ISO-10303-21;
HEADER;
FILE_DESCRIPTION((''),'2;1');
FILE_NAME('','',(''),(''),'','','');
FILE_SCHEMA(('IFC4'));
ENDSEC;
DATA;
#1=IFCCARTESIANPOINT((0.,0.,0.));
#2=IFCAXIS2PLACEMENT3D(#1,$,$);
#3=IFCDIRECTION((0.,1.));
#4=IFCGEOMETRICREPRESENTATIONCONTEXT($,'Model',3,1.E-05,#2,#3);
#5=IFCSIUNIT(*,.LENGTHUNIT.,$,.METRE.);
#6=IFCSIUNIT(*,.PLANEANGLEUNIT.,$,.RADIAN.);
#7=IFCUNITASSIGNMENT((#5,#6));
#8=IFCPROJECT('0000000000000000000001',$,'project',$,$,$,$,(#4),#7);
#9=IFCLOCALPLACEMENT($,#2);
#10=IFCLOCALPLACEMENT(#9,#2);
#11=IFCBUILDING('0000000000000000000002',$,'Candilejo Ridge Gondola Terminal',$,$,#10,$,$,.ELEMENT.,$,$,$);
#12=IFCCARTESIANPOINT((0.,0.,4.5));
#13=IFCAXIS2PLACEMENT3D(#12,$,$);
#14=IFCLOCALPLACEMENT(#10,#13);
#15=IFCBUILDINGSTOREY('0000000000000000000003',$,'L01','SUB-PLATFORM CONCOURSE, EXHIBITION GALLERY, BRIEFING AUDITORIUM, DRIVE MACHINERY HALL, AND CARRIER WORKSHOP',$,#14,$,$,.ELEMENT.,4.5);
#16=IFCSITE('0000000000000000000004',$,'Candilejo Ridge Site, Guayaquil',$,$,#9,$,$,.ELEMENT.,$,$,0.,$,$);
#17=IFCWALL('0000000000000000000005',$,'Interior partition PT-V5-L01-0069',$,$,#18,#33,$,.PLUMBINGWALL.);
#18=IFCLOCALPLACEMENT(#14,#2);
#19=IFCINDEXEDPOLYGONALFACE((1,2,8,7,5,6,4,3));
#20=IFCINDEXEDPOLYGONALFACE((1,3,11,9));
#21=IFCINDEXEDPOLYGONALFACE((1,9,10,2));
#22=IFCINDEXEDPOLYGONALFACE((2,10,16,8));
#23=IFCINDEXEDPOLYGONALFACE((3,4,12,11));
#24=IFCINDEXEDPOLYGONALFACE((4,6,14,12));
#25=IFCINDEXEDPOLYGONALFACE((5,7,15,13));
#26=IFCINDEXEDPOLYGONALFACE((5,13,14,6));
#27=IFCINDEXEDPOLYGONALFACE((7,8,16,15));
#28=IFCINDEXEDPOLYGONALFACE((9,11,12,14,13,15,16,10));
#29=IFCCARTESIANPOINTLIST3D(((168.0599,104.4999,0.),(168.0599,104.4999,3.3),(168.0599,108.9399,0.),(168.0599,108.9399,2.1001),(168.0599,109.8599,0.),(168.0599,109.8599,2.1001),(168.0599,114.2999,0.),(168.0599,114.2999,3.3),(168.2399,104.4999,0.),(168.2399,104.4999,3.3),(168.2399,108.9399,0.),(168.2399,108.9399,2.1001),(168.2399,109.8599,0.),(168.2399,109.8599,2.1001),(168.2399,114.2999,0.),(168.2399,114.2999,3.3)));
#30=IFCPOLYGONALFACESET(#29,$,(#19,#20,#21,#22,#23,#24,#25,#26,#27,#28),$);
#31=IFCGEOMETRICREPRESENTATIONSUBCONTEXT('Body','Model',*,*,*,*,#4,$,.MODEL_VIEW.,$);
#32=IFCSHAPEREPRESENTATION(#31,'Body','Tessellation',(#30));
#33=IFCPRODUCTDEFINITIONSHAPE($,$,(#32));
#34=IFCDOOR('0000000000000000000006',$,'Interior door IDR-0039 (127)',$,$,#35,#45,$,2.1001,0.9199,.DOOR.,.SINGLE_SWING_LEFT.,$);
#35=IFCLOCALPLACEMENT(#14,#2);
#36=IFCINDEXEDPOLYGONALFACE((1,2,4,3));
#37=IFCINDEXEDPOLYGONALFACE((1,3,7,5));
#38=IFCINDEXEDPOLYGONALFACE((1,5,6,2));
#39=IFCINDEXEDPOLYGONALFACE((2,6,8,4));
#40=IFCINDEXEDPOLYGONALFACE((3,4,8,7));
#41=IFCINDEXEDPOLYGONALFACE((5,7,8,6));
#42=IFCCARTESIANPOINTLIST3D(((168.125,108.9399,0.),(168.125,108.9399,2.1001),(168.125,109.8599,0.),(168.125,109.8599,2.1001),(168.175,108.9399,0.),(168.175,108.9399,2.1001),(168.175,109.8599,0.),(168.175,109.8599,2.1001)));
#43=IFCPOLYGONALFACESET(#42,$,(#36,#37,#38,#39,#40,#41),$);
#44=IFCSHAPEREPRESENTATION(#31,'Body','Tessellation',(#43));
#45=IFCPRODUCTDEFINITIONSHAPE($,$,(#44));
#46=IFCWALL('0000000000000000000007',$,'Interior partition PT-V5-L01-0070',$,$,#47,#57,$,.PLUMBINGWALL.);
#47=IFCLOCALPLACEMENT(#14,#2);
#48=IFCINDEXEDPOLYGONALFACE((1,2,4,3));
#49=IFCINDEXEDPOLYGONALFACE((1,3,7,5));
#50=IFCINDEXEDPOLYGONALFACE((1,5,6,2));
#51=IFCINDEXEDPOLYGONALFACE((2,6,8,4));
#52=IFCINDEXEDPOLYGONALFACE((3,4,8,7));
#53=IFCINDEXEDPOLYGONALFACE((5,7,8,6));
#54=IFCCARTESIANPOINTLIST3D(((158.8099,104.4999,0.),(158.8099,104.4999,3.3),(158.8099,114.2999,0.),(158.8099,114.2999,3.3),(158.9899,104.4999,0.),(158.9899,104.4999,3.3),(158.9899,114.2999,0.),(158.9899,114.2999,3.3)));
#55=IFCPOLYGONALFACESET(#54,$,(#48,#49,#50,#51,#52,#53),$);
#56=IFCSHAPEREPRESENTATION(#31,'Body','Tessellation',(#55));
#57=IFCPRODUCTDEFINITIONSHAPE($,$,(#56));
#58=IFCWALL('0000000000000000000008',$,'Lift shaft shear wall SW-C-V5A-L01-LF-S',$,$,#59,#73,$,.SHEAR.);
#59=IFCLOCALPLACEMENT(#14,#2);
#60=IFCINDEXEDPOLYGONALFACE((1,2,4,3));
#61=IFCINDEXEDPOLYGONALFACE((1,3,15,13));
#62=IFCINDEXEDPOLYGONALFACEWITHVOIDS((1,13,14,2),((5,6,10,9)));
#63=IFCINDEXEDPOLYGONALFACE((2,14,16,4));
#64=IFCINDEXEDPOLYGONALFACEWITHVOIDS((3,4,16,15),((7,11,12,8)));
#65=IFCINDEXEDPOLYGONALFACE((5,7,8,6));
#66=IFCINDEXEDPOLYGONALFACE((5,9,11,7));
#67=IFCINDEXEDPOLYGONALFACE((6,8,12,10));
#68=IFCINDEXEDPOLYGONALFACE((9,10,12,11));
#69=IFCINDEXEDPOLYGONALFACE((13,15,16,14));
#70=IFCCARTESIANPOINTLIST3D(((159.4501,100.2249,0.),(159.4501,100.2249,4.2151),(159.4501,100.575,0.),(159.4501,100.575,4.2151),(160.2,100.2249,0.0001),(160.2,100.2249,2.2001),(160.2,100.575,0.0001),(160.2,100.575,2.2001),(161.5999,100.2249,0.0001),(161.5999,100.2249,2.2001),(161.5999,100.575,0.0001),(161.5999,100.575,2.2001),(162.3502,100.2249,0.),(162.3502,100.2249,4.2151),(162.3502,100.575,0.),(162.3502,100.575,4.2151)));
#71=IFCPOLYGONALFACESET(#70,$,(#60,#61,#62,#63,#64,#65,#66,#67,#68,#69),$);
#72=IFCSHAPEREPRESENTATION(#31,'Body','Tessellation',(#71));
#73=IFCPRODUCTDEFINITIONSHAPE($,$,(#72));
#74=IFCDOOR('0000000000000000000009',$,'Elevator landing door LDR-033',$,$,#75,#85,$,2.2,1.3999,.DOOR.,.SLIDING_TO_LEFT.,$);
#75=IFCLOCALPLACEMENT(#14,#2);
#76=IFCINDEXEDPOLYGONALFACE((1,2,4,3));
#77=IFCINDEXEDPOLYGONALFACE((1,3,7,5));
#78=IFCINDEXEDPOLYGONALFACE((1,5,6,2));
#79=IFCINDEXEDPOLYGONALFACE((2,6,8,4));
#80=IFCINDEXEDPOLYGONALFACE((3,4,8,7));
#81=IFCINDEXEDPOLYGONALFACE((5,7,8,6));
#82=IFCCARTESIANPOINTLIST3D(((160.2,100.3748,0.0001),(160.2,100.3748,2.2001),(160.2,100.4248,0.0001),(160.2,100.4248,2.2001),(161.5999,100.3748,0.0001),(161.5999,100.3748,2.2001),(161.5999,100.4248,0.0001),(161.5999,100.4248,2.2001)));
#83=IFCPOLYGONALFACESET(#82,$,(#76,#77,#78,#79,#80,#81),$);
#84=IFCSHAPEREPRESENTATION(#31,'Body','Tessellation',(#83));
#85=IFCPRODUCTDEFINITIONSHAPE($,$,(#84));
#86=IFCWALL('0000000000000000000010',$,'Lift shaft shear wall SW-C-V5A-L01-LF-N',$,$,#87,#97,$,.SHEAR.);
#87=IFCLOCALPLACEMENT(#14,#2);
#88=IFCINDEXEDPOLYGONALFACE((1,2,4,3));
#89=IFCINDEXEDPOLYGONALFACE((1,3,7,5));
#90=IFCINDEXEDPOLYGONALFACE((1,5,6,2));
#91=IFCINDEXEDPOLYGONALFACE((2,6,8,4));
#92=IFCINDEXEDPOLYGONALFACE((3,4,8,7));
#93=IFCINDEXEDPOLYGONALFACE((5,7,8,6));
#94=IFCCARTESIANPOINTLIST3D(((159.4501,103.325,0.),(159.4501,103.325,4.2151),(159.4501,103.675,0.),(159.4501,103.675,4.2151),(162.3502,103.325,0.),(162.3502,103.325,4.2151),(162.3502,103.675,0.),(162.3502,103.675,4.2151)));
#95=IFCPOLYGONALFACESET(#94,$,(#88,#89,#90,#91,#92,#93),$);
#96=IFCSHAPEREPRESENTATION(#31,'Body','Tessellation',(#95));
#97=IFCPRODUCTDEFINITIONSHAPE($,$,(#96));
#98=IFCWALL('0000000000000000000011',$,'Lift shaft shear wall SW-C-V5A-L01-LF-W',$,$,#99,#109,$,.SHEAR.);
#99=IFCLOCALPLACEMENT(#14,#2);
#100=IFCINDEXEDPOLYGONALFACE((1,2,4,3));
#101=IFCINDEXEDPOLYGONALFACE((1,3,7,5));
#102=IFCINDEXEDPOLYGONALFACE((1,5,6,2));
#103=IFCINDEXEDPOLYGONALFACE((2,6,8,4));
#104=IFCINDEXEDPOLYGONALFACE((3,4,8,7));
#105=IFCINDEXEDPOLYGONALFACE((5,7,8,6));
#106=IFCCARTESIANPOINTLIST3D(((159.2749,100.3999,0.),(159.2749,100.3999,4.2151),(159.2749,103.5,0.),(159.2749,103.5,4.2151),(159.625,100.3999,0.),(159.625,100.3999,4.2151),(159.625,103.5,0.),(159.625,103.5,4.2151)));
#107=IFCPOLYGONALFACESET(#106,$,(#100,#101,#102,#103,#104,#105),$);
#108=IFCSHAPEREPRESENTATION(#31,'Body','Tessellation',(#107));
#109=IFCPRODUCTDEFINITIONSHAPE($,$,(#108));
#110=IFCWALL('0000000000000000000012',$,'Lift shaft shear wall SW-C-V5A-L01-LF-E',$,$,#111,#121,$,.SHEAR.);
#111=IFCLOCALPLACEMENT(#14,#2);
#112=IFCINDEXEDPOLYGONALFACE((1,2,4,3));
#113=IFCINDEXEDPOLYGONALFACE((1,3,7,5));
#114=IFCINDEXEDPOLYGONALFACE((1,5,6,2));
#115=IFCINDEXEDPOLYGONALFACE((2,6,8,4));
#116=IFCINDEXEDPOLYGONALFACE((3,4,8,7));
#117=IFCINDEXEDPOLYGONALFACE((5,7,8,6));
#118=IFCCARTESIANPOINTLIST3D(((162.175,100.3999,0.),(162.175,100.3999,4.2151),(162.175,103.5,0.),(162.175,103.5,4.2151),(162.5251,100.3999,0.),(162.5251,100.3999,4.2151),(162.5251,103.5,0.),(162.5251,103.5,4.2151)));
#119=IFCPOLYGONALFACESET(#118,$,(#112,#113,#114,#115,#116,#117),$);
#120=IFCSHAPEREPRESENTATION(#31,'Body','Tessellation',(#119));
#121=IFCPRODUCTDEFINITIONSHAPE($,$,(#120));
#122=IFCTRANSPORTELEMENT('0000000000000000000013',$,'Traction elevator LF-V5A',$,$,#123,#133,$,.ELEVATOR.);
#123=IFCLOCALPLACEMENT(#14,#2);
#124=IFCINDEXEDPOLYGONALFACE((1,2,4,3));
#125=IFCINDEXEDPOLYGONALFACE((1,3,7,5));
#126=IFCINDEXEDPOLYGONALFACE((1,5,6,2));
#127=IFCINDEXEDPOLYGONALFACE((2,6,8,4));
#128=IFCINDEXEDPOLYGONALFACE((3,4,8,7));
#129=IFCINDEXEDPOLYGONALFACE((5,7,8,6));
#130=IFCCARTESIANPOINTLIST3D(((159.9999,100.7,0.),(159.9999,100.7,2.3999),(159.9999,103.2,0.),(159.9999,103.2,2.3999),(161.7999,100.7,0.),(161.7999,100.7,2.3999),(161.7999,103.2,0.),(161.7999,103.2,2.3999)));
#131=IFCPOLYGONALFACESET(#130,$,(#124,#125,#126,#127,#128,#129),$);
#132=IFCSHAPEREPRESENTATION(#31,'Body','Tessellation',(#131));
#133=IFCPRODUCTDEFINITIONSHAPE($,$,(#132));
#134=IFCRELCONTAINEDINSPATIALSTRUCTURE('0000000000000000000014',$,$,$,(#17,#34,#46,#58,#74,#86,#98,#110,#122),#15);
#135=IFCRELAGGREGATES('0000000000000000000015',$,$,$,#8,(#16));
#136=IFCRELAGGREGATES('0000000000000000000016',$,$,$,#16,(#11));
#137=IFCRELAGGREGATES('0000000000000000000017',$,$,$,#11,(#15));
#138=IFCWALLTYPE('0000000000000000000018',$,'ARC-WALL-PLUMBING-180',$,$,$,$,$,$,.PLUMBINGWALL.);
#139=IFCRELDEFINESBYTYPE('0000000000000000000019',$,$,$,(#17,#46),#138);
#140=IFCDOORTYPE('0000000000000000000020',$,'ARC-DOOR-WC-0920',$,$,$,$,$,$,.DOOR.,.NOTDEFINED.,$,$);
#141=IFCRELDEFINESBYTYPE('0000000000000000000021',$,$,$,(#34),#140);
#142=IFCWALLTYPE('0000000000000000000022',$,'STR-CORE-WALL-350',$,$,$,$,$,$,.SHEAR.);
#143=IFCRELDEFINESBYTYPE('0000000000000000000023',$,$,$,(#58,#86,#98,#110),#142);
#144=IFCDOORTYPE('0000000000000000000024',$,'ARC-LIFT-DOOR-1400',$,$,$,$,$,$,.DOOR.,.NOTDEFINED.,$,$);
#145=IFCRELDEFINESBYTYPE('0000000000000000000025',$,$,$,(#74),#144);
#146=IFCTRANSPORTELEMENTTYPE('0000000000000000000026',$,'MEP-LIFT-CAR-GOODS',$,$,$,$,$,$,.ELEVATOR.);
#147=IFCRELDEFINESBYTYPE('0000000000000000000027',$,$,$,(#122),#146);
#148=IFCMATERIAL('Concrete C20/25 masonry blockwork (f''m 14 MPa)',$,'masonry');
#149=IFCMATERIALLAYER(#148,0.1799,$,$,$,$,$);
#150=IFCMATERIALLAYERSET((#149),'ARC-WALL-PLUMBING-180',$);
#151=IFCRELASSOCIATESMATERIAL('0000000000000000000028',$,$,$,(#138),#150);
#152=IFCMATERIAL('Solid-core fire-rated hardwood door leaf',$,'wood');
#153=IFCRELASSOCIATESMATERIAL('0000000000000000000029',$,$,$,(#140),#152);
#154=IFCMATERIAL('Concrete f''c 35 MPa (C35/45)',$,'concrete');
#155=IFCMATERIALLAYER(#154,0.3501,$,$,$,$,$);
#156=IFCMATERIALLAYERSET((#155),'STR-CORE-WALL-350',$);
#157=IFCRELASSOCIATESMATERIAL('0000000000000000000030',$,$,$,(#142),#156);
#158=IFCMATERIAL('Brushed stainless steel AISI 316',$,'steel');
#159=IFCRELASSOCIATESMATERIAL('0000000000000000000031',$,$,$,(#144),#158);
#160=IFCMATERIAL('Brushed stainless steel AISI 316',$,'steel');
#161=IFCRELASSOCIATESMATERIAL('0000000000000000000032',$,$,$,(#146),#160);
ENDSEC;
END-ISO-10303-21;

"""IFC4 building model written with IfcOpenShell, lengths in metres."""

from ifc_helpers import new_model, si_unit, direction, frame, frame_2d, origin, origin_2d, place, context, subcontext, project, spatial, rectangle, extrude, material, layer, layer_set, type_object, element, fill, save


model = new_model("IFC4")

# Units and contexts
model_context = context("Model", 3, precision=1e-05, world=origin(), true_north=direction((0.0, 1.0)))
body_context = subcontext(model_context, "Body", "Model", "MODEL_VIEW")
ifc_project = project(units=[si_unit("LENGTHUNIT", "METRE"), si_unit("PLANEANGLEUNIT", "RADIAN")], contexts=[model_context])

# Site, building, storey
site_placement = place(None, origin())
site = spatial("IfcSite", under=ifc_project, at=site_placement, Name="Candilejo Ridge Site, Guayaquil", CompositionType="ELEMENT", RefElevation=0.0)
building_placement = place(site_placement, origin())
building = spatial("IfcBuilding", under=site, at=building_placement, Name="Candilejo Ridge Gondola Terminal", CompositionType="ELEMENT")
storey_placement = place(building_placement, frame((0.0, 0.0, 4.5)))
storey = spatial("IfcBuildingStorey", under=building, at=storey_placement, Name="L01", Description="SUB-PLATFORM CONCOURSE, EXHIBITION GALLERY, BRIEFING AUDITORIUM, DRIVE MACHINERY HALL, AND CARRIER WORKSHOP", CompositionType="ELEMENT", Elevation=4.5)

# Wall, opening, door
ifc_material_1 = material(Name="Concrete C20/25 masonry blockwork (f'm 14 MPa)", Category="masonry")
ifc_layer_1 = layer(ifc_material_1, 0.1799)
ifc_layer_set_1 = layer_set([ifc_layer_1], Name="ARC-WALL-PLUMBING-180")
wall_type_1 = type_object("IfcWallType", Name="ARC-WALL-PLUMBING-180", PredefinedType="PLUMBINGWALL", material=ifc_layer_set_1)
wall_1_placement = place(storey_placement, frame((168.1499, 104.5, 0.0), z_axis=(0.0, 0.0, 1.0), x_axis=(0.0, 1.0, 0.0)))
wall_1 = element("IfcWall", 1, at=wall_1_placement, inside=storey, type_object=wall_type_1, Name="Interior partition PT-V5-L01-0069", PredefinedType="PLUMBINGWALL", context=body_context, shape_type="SweptSolid", body=[
    extrude(rectangle(XDim=9.8, YDim=0.1799, at=frame_2d((4.8999, 0.0))), origin(), (0.0, 0.0, 1.0), 3.3),
])
opening_1_placement = place(wall_1_placement, frame((4.4399, 0.0, 0.0)))
opening_1 = element("IfcOpeningElement", 2, at=opening_1_placement, cuts=wall_1, PredefinedType="OPENING", context=body_context, shape_type="SweptSolid", body=[
    extrude(rectangle(XDim=0.9199, YDim=2.1001, at=frame_2d((0.46, 1.05))), frame((0.0, 0.0999, 0.0), z_axis=(0.0, -1.0, 0.0), x_axis=(1.0, 0.0, 0.0)), (0.0, 0.0, 1.0), 0.2),
])
ifc_material_2 = material(Name="Solid-core fire-rated hardwood door leaf", Category="wood")
door_type_1 = type_object("IfcDoorType", Name="ARC-DOOR-WC-0920", OperationType="NOTDEFINED", PredefinedType="DOOR", material=ifc_material_2)
door_1_placement = place(opening_1_placement, origin())
door_1 = element("IfcDoor", 3, at=door_1_placement, inside=storey, type_object=door_type_1, Name="Interior door IDR-0039 (127)", OperationType="SINGLE_SWING_LEFT", OverallHeight=2.1001, OverallWidth=0.9199, PredefinedType="DOOR", context=body_context, shape_type="SweptSolid", body=[
    extrude(rectangle(XDim=0.9199, YDim=2.1001, at=frame_2d((0.46, 1.05))), frame((0.0, 0.0249, 0.0), z_axis=(0.0, -1.0, 0.0), x_axis=(1.0, 0.0, 0.0)), (0.0, 0.0, 1.0), 0.05),
])
fill(opening_1, door_1)

# Wall
wall_2_placement = place(storey_placement, frame((158.8999, 104.5, 0.0), z_axis=(0.0, 0.0, 1.0), x_axis=(0.0, 1.0, 0.0)))
element("IfcWall", 4, at=wall_2_placement, inside=storey, type_object=wall_type_1, Name="Interior partition PT-V5-L01-0070", PredefinedType="PLUMBINGWALL", context=body_context, shape_type="SweptSolid", body=[
    extrude(rectangle(XDim=9.8, YDim=0.1799, at=frame_2d((4.8999, 0.0))), origin(), (0.0, 0.0, 1.0), 3.3),
])

# Wall, opening, door
ifc_material_3 = material(Name="Concrete f'c 35 MPa (C35/45)", Category="concrete")
ifc_layer_2 = layer(ifc_material_3, 0.3501)
ifc_layer_set_2 = layer_set([ifc_layer_2], Name="STR-CORE-WALL-350")
wall_type_2 = type_object("IfcWallType", Name="STR-CORE-WALL-350", PredefinedType="SHEAR", material=ifc_layer_set_2)
wall_3_placement = place(storey_placement, frame((159.45, 100.3999, 0.0), z_axis=(0.0, 0.0, 1.0), x_axis=(1.0, 0.0, 0.0)))
wall_3 = element("IfcWall", 5, at=wall_3_placement, inside=storey, type_object=wall_type_2, Name="Lift shaft shear wall SW-C-V5A-L01-LF-S", PredefinedType="SHEAR", context=body_context, shape_type="SweptSolid", body=[
    extrude(rectangle(XDim=2.9001, YDim=0.3501, at=frame_2d((1.4502, 0.0))), origin(), (0.0, 0.0, 1.0), 4.2151),
])
opening_2_placement = place(wall_3_placement, frame((0.75, 0.0, 0.0)))
opening_2 = element("IfcOpeningElement", 6, at=opening_2_placement, cuts=wall_3, PredefinedType="OPENING", context=body_context, shape_type="SweptSolid", body=[
    extrude(rectangle(XDim=1.3999, YDim=2.2, at=frame_2d((0.7, 1.1001))), frame((0.0, 0.1851, 0.0), z_axis=(0.0, -1.0, 0.0), x_axis=(1.0, 0.0, 0.0)), (0.0, 0.0, 1.0), 0.3701),
])
ifc_material_4 = material(Name="Brushed stainless steel AISI 316", Category="steel")
door_type_2 = type_object("IfcDoorType", Name="ARC-LIFT-DOOR-1400", OperationType="NOTDEFINED", PredefinedType="DOOR", material=ifc_material_4)
door_2_placement = place(opening_2_placement, origin())
door_2 = element("IfcDoor", 7, at=door_2_placement, inside=storey, type_object=door_type_2, Name="Elevator landing door LDR-033", OperationType="SLIDING_TO_LEFT", OverallHeight=2.2, OverallWidth=1.3999, PredefinedType="DOOR", context=body_context, shape_type="SweptSolid", body=[
    extrude(rectangle(XDim=1.3999, YDim=2.2, at=frame_2d((0.7, 1.1001))), frame((0.0, 0.0249, 0.0), z_axis=(0.0, -1.0, 0.0), x_axis=(1.0, 0.0, 0.0)), (0.0, 0.0, 1.0), 0.05),
])
fill(opening_2, door_2)

# Walls
wall_4_placement = place(storey_placement, frame((159.45, 103.5, 0.0), z_axis=(0.0, 0.0, 1.0), x_axis=(1.0, 0.0, 0.0)))
element("IfcWall", 8, at=wall_4_placement, inside=storey, type_object=wall_type_2, Name="Lift shaft shear wall SW-C-V5A-L01-LF-N", PredefinedType="SHEAR", context=body_context, shape_type="SweptSolid", body=[
    extrude(rectangle(XDim=2.9001, YDim=0.3501, at=frame_2d((1.4502, 0.0))), origin(), (0.0, 0.0, 1.0), 4.2151),
])
for number, where, z_axis, x_axis, name in (
    (9, (159.45, 100.3999, 0.0), (0.0, 0.0, 1.0), (0.0, 1.0, 0.0), "Lift shaft shear wall SW-C-V5A-L01-LF-W"),
    (10, (162.3501, 100.3999, 0.0), (0.0, 0.0, 1.0), (0.0, 1.0, 0.0), "Lift shaft shear wall SW-C-V5A-L01-LF-E"),
):
    element("IfcWall", number, at=place(storey_placement, frame(where, z_axis=z_axis, x_axis=x_axis)), inside=storey, type_object=wall_type_2, Name=name, PredefinedType="SHEAR", context=body_context, shape_type="SweptSolid", body=[
        extrude(rectangle(XDim=3.1001, YDim=0.3501, at=frame_2d((1.55, 0.0))), origin(), (0.0, 0.0, 1.0), 4.2151),
    ])

# Transport element
ifc_material_5 = material(Name="Brushed stainless steel AISI 316", Category="steel")
transport_element_type = type_object("IfcTransportElementType", Name="MEP-LIFT-CAR-GOODS", PredefinedType="ELEVATOR", material=ifc_material_5)
transport_element_placement = place(storey_placement, frame((160.8999, 101.95, 0.0), z_axis=(0.0, 0.0, 1.0), x_axis=(1.0, 0.0, 0.0)))
element("IfcTransportElement", 11, at=transport_element_placement, inside=storey, type_object=transport_element_type, Name="Traction elevator LF-V5A", PredefinedType="ELEVATOR", context=body_context, shape_type="SweptSolid", body=[
    extrude(rectangle(XDim=1.8, YDim=2.5, at=origin_2d()), origin(), (0.0, 0.0, 1.0), 2.3999),
])

save(model, "model.ifc")
